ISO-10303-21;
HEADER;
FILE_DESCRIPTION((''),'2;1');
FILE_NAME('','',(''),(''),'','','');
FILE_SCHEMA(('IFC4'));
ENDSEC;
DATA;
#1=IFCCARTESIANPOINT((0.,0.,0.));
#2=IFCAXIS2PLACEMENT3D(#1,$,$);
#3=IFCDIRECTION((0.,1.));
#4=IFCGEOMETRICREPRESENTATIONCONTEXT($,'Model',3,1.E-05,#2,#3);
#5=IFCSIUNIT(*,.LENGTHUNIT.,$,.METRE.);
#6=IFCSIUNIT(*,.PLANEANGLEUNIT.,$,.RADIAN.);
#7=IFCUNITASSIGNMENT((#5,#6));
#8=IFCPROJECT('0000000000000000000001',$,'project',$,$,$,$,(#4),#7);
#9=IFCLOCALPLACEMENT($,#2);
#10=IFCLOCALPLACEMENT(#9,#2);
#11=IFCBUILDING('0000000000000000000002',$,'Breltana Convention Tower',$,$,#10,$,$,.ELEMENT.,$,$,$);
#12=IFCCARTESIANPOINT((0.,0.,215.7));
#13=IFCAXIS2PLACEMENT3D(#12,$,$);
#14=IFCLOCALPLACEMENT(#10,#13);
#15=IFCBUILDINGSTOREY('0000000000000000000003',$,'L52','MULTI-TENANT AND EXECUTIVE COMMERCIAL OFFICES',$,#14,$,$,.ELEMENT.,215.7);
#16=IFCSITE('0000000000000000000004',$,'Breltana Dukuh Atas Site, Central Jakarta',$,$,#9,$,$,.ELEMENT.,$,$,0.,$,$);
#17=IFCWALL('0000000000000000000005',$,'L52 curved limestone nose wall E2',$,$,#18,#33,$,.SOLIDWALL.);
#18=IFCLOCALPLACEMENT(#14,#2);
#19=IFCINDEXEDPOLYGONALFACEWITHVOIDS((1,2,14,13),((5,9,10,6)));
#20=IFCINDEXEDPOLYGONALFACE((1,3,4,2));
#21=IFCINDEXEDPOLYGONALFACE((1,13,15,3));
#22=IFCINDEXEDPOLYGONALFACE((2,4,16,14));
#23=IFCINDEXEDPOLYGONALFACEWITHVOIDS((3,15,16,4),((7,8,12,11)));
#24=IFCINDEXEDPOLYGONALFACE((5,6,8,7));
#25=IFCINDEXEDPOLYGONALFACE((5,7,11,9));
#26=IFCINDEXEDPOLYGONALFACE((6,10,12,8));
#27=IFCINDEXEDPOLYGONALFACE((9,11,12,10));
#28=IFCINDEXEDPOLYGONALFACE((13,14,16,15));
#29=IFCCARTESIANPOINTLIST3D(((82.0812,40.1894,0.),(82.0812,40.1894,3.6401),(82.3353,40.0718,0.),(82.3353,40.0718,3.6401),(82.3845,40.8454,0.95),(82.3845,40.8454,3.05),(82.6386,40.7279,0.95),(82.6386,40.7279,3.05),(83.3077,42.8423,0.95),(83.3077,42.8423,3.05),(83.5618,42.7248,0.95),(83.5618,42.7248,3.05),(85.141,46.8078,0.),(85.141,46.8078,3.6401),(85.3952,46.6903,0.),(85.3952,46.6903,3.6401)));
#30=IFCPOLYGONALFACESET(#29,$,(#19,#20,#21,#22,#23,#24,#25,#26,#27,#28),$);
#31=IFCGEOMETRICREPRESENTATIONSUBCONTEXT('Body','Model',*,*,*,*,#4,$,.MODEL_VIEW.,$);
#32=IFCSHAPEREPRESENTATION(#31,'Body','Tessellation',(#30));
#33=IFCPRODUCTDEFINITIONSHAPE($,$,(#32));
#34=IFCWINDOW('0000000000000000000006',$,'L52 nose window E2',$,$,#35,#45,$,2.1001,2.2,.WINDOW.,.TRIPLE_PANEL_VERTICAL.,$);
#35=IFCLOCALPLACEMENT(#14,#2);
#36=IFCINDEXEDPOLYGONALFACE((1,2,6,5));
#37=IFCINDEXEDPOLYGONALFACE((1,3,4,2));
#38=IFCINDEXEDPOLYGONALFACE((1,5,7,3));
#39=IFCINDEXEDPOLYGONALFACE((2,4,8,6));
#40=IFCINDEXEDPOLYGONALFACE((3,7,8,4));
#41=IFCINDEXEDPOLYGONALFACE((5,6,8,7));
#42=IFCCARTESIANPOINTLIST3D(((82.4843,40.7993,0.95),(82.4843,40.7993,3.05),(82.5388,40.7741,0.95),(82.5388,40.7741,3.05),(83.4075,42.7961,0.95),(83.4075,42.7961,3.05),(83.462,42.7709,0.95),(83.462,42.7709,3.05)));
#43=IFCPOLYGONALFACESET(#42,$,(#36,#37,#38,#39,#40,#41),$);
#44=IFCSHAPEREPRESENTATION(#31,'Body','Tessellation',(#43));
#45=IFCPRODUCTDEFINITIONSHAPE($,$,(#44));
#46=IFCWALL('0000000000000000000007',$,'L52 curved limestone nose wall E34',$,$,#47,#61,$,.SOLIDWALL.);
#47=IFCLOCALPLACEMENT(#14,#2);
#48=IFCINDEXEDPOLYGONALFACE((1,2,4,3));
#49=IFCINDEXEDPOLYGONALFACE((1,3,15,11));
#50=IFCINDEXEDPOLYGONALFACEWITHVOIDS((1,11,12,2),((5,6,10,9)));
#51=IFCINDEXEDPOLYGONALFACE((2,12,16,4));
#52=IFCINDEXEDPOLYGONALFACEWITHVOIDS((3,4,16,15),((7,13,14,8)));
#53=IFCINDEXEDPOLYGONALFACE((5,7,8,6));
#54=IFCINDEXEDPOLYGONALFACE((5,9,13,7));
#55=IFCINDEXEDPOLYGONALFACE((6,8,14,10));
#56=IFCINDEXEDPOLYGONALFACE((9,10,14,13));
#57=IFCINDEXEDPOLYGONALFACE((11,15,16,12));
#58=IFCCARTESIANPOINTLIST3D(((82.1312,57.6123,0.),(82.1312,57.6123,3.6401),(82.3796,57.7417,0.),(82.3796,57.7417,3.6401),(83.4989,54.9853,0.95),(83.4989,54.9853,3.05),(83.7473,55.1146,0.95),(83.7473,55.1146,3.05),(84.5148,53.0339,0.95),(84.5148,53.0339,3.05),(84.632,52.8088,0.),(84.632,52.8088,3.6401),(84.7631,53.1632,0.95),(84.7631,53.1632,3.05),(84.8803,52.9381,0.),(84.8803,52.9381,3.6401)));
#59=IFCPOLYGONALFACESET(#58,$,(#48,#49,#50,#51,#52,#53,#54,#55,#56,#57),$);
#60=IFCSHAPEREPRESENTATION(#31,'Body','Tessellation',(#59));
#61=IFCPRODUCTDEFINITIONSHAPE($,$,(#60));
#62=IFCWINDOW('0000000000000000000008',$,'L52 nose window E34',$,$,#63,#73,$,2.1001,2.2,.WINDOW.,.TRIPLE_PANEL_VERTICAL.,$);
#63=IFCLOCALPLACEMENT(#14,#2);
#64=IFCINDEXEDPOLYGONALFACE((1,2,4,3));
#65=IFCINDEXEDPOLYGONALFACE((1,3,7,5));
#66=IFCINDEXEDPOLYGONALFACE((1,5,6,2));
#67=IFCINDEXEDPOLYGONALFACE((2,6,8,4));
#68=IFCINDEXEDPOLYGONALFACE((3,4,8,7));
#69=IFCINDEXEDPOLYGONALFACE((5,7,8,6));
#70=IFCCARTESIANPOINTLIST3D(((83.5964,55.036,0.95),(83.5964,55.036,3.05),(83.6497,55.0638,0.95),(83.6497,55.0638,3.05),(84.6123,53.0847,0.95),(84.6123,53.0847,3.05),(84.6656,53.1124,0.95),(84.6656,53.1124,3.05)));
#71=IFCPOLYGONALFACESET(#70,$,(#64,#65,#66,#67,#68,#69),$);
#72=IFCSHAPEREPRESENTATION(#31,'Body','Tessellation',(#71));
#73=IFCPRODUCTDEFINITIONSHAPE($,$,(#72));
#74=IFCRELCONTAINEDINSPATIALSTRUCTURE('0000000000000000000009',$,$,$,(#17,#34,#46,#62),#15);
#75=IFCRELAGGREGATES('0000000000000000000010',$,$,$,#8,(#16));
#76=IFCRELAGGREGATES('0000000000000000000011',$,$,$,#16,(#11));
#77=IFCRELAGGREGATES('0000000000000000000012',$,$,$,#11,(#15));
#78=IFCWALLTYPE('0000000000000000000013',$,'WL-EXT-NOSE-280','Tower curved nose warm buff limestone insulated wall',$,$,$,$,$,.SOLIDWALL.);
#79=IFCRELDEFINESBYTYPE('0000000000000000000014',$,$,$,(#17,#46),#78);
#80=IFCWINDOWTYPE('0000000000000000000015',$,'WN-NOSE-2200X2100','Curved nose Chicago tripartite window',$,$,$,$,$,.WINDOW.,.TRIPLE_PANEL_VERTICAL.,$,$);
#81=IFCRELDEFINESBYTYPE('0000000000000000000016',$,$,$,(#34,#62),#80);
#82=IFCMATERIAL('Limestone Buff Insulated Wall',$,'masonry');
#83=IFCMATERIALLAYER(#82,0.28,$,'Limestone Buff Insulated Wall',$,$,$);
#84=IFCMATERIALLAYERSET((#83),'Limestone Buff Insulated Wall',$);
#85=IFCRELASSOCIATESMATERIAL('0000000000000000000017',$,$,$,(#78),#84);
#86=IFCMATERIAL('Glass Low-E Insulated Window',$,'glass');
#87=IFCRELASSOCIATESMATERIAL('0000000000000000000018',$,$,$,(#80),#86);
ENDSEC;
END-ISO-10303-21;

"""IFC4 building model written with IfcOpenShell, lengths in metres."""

from ifc_helpers import new_model, si_unit, direction, frame, frame_2d, origin, place, context, subcontext, project, spatial, rectangle, extrude, source, transform, mapped, material, layer, layer_set, type_object, type_shapes, element, fill, save


model = new_model("IFC4")

# Units and contexts
model_context = context("Model", 3, precision=1e-05, world=origin(), true_north=direction((0.0, 1.0)))
body_context = subcontext(model_context, "Body", "Model", "MODEL_VIEW")
ifc_project = project(units=[si_unit("LENGTHUNIT", "METRE"), si_unit("PLANEANGLEUNIT", "RADIAN")], contexts=[model_context])

# Site, building, storey
site_placement = place(None, origin())
site = spatial("IfcSite", under=ifc_project, at=site_placement, Name="Breltana Dukuh Atas Site, Central Jakarta", CompositionType="ELEMENT", RefElevation=0.0)
building_placement = place(site_placement, origin())
building = spatial("IfcBuilding", under=site, at=building_placement, Name="Breltana Convention Tower", CompositionType="ELEMENT")
storey_placement = place(building_placement, frame((0.0, 0.0, 215.7)))
storey = spatial("IfcBuildingStorey", under=building, at=storey_placement, Name="L52", Description="MULTI-TENANT AND EXECUTIVE COMMERCIAL OFFICES", CompositionType="ELEMENT", Elevation=215.7)

# Walls, openings, windows
ifc_material_1 = material(Name="Limestone Buff Insulated Wall", Category="masonry")
ifc_layer_1 = layer(ifc_material_1, 0.28, Name="Limestone Buff Insulated Wall")
ifc_layer_set_1 = layer_set([ifc_layer_1], Name="Limestone Buff Insulated Wall")
wall_type = type_object("IfcWallType", Name="WL-EXT-NOSE-280", Description="Tower curved nose warm buff limestone insulated wall", PredefinedType="SOLIDWALL", material=ifc_layer_set_1)
ifc_material_2 = material(Name="Glass Low-E Insulated Window", Category="glass")
window_type = type_object("IfcWindowType", Name="WN-NOSE-2200X2100", Description="Curved nose Chicago tripartite window", PartitioningType="TRIPLE_PANEL_VERTICAL", PredefinedType="WINDOW", material=ifc_material_2)
shared_shape_1 = source(origin(), body_context, "Body", "SweptSolid", [
    extrude(rectangle(XDim=2.2, YDim=2.1001, at=frame_2d((1.1001, 1.05))), frame((0.0, 0.03, 0.0), z_axis=(0.0, -1.0, 0.0), x_axis=(1.0, 0.0, 0.0)), (0.0, 0.0, 1.0), 0.0601),
])
type_shapes(window_type, [shared_shape_1])
shared_shape_2 = source(origin(), body_context, "Body", "SweptSolid", [
    extrude(rectangle(XDim=7.2915, YDim=0.28, at=frame_2d((3.6458, 0.0))), origin(), (0.0, 0.0, 1.0), 3.6401),
])
wall_1_placement = place(storey_placement, frame((85.2681, 46.749, 0.0), z_axis=(0.0, 0.0, 1.0), x_axis=(-0.419642, -0.90769, 0.0)))
wall_1 = element("IfcWall", 1, at=wall_1_placement, inside=storey, type_object=wall_type, Name="L52 curved limestone nose wall E2", PredefinedType="SOLIDWALL", context=body_context, shape_type="MappedRepresentation", body=[
    mapped(shared_shape_2, transform((0.0, 0.0, 0.0), scale=1.0)),
])
opening_1_placement = place(wall_1_placement, frame((4.3687, 0.0, 0.95)))
opening_1 = element("IfcOpeningElement", 2, at=opening_1_placement, cuts=wall_1, PredefinedType="OPENING", context=body_context, shape_type="SweptSolid", body=[
    extrude(rectangle(XDim=2.2, YDim=2.1001, at=frame_2d((1.1001, 1.05))), frame((0.0, 0.1499, 0.0), z_axis=(0.0, -1.0, 0.0), x_axis=(1.0, 0.0, 0.0)), (0.0, 0.0, 1.0), 0.3),
])
window_1_placement = place(opening_1_placement, origin())
window_1 = element("IfcWindow", 3, at=window_1_placement, inside=storey, type_object=window_type, Name="L52 nose window E2", OverallHeight=2.1001, OverallWidth=2.2, PartitioningType="TRIPLE_PANEL_VERTICAL", PredefinedType="WINDOW", context=body_context, shape_type="MappedRepresentation", body=[
    mapped(shared_shape_1, transform((0.0, 0.0, 0.0), scale=1.0)),
])
fill(opening_1, window_1)
shared_shape_3 = source(origin(), body_context, "Body", "SweptSolid", [
    extrude(rectangle(XDim=5.4155, YDim=0.28, at=frame_2d((2.7078, 0.0))), origin(), (0.0, 0.0, 1.0), 3.6401),
])
wall_2_placement = place(storey_placement, frame((82.2554, 57.677, 0.0), z_axis=(0.0, 0.0, 1.0), x_axis=(0.461779, -0.886995, 0.0)))
wall_2 = element("IfcWall", 4, at=wall_2_placement, inside=storey, type_object=wall_type, Name="L52 curved limestone nose wall E34", PredefinedType="SOLIDWALL", context=body_context, shape_type="MappedRepresentation", body=[
    mapped(shared_shape_3, transform((0.0, 0.0, 0.0), scale=1.0)),
])
opening_2_placement = place(wall_2_placement, frame((2.9617, 0.0, 0.95)))
opening_2 = element("IfcOpeningElement", 5, at=opening_2_placement, cuts=wall_2, PredefinedType="OPENING", context=body_context, shape_type="SweptSolid", body=[
    extrude(rectangle(XDim=2.2, YDim=2.1001, at=frame_2d((1.1001, 1.05))), frame((0.0, 0.1499, 0.0), z_axis=(0.0, -1.0, 0.0), x_axis=(1.0, 0.0, 0.0)), (0.0, 0.0, 1.0), 0.3),
])
window_2_placement = place(opening_2_placement, origin())
window_2 = element("IfcWindow", 6, at=window_2_placement, inside=storey, type_object=window_type, Name="L52 nose window E34", OverallHeight=2.1001, OverallWidth=2.2, PartitioningType="TRIPLE_PANEL_VERTICAL", PredefinedType="WINDOW", context=body_context, shape_type="MappedRepresentation", body=[
    mapped(shared_shape_1, transform((0.0, 0.0, 0.0), scale=1.0)),
])
fill(opening_2, window_2)

save(model, "model.ifc")
